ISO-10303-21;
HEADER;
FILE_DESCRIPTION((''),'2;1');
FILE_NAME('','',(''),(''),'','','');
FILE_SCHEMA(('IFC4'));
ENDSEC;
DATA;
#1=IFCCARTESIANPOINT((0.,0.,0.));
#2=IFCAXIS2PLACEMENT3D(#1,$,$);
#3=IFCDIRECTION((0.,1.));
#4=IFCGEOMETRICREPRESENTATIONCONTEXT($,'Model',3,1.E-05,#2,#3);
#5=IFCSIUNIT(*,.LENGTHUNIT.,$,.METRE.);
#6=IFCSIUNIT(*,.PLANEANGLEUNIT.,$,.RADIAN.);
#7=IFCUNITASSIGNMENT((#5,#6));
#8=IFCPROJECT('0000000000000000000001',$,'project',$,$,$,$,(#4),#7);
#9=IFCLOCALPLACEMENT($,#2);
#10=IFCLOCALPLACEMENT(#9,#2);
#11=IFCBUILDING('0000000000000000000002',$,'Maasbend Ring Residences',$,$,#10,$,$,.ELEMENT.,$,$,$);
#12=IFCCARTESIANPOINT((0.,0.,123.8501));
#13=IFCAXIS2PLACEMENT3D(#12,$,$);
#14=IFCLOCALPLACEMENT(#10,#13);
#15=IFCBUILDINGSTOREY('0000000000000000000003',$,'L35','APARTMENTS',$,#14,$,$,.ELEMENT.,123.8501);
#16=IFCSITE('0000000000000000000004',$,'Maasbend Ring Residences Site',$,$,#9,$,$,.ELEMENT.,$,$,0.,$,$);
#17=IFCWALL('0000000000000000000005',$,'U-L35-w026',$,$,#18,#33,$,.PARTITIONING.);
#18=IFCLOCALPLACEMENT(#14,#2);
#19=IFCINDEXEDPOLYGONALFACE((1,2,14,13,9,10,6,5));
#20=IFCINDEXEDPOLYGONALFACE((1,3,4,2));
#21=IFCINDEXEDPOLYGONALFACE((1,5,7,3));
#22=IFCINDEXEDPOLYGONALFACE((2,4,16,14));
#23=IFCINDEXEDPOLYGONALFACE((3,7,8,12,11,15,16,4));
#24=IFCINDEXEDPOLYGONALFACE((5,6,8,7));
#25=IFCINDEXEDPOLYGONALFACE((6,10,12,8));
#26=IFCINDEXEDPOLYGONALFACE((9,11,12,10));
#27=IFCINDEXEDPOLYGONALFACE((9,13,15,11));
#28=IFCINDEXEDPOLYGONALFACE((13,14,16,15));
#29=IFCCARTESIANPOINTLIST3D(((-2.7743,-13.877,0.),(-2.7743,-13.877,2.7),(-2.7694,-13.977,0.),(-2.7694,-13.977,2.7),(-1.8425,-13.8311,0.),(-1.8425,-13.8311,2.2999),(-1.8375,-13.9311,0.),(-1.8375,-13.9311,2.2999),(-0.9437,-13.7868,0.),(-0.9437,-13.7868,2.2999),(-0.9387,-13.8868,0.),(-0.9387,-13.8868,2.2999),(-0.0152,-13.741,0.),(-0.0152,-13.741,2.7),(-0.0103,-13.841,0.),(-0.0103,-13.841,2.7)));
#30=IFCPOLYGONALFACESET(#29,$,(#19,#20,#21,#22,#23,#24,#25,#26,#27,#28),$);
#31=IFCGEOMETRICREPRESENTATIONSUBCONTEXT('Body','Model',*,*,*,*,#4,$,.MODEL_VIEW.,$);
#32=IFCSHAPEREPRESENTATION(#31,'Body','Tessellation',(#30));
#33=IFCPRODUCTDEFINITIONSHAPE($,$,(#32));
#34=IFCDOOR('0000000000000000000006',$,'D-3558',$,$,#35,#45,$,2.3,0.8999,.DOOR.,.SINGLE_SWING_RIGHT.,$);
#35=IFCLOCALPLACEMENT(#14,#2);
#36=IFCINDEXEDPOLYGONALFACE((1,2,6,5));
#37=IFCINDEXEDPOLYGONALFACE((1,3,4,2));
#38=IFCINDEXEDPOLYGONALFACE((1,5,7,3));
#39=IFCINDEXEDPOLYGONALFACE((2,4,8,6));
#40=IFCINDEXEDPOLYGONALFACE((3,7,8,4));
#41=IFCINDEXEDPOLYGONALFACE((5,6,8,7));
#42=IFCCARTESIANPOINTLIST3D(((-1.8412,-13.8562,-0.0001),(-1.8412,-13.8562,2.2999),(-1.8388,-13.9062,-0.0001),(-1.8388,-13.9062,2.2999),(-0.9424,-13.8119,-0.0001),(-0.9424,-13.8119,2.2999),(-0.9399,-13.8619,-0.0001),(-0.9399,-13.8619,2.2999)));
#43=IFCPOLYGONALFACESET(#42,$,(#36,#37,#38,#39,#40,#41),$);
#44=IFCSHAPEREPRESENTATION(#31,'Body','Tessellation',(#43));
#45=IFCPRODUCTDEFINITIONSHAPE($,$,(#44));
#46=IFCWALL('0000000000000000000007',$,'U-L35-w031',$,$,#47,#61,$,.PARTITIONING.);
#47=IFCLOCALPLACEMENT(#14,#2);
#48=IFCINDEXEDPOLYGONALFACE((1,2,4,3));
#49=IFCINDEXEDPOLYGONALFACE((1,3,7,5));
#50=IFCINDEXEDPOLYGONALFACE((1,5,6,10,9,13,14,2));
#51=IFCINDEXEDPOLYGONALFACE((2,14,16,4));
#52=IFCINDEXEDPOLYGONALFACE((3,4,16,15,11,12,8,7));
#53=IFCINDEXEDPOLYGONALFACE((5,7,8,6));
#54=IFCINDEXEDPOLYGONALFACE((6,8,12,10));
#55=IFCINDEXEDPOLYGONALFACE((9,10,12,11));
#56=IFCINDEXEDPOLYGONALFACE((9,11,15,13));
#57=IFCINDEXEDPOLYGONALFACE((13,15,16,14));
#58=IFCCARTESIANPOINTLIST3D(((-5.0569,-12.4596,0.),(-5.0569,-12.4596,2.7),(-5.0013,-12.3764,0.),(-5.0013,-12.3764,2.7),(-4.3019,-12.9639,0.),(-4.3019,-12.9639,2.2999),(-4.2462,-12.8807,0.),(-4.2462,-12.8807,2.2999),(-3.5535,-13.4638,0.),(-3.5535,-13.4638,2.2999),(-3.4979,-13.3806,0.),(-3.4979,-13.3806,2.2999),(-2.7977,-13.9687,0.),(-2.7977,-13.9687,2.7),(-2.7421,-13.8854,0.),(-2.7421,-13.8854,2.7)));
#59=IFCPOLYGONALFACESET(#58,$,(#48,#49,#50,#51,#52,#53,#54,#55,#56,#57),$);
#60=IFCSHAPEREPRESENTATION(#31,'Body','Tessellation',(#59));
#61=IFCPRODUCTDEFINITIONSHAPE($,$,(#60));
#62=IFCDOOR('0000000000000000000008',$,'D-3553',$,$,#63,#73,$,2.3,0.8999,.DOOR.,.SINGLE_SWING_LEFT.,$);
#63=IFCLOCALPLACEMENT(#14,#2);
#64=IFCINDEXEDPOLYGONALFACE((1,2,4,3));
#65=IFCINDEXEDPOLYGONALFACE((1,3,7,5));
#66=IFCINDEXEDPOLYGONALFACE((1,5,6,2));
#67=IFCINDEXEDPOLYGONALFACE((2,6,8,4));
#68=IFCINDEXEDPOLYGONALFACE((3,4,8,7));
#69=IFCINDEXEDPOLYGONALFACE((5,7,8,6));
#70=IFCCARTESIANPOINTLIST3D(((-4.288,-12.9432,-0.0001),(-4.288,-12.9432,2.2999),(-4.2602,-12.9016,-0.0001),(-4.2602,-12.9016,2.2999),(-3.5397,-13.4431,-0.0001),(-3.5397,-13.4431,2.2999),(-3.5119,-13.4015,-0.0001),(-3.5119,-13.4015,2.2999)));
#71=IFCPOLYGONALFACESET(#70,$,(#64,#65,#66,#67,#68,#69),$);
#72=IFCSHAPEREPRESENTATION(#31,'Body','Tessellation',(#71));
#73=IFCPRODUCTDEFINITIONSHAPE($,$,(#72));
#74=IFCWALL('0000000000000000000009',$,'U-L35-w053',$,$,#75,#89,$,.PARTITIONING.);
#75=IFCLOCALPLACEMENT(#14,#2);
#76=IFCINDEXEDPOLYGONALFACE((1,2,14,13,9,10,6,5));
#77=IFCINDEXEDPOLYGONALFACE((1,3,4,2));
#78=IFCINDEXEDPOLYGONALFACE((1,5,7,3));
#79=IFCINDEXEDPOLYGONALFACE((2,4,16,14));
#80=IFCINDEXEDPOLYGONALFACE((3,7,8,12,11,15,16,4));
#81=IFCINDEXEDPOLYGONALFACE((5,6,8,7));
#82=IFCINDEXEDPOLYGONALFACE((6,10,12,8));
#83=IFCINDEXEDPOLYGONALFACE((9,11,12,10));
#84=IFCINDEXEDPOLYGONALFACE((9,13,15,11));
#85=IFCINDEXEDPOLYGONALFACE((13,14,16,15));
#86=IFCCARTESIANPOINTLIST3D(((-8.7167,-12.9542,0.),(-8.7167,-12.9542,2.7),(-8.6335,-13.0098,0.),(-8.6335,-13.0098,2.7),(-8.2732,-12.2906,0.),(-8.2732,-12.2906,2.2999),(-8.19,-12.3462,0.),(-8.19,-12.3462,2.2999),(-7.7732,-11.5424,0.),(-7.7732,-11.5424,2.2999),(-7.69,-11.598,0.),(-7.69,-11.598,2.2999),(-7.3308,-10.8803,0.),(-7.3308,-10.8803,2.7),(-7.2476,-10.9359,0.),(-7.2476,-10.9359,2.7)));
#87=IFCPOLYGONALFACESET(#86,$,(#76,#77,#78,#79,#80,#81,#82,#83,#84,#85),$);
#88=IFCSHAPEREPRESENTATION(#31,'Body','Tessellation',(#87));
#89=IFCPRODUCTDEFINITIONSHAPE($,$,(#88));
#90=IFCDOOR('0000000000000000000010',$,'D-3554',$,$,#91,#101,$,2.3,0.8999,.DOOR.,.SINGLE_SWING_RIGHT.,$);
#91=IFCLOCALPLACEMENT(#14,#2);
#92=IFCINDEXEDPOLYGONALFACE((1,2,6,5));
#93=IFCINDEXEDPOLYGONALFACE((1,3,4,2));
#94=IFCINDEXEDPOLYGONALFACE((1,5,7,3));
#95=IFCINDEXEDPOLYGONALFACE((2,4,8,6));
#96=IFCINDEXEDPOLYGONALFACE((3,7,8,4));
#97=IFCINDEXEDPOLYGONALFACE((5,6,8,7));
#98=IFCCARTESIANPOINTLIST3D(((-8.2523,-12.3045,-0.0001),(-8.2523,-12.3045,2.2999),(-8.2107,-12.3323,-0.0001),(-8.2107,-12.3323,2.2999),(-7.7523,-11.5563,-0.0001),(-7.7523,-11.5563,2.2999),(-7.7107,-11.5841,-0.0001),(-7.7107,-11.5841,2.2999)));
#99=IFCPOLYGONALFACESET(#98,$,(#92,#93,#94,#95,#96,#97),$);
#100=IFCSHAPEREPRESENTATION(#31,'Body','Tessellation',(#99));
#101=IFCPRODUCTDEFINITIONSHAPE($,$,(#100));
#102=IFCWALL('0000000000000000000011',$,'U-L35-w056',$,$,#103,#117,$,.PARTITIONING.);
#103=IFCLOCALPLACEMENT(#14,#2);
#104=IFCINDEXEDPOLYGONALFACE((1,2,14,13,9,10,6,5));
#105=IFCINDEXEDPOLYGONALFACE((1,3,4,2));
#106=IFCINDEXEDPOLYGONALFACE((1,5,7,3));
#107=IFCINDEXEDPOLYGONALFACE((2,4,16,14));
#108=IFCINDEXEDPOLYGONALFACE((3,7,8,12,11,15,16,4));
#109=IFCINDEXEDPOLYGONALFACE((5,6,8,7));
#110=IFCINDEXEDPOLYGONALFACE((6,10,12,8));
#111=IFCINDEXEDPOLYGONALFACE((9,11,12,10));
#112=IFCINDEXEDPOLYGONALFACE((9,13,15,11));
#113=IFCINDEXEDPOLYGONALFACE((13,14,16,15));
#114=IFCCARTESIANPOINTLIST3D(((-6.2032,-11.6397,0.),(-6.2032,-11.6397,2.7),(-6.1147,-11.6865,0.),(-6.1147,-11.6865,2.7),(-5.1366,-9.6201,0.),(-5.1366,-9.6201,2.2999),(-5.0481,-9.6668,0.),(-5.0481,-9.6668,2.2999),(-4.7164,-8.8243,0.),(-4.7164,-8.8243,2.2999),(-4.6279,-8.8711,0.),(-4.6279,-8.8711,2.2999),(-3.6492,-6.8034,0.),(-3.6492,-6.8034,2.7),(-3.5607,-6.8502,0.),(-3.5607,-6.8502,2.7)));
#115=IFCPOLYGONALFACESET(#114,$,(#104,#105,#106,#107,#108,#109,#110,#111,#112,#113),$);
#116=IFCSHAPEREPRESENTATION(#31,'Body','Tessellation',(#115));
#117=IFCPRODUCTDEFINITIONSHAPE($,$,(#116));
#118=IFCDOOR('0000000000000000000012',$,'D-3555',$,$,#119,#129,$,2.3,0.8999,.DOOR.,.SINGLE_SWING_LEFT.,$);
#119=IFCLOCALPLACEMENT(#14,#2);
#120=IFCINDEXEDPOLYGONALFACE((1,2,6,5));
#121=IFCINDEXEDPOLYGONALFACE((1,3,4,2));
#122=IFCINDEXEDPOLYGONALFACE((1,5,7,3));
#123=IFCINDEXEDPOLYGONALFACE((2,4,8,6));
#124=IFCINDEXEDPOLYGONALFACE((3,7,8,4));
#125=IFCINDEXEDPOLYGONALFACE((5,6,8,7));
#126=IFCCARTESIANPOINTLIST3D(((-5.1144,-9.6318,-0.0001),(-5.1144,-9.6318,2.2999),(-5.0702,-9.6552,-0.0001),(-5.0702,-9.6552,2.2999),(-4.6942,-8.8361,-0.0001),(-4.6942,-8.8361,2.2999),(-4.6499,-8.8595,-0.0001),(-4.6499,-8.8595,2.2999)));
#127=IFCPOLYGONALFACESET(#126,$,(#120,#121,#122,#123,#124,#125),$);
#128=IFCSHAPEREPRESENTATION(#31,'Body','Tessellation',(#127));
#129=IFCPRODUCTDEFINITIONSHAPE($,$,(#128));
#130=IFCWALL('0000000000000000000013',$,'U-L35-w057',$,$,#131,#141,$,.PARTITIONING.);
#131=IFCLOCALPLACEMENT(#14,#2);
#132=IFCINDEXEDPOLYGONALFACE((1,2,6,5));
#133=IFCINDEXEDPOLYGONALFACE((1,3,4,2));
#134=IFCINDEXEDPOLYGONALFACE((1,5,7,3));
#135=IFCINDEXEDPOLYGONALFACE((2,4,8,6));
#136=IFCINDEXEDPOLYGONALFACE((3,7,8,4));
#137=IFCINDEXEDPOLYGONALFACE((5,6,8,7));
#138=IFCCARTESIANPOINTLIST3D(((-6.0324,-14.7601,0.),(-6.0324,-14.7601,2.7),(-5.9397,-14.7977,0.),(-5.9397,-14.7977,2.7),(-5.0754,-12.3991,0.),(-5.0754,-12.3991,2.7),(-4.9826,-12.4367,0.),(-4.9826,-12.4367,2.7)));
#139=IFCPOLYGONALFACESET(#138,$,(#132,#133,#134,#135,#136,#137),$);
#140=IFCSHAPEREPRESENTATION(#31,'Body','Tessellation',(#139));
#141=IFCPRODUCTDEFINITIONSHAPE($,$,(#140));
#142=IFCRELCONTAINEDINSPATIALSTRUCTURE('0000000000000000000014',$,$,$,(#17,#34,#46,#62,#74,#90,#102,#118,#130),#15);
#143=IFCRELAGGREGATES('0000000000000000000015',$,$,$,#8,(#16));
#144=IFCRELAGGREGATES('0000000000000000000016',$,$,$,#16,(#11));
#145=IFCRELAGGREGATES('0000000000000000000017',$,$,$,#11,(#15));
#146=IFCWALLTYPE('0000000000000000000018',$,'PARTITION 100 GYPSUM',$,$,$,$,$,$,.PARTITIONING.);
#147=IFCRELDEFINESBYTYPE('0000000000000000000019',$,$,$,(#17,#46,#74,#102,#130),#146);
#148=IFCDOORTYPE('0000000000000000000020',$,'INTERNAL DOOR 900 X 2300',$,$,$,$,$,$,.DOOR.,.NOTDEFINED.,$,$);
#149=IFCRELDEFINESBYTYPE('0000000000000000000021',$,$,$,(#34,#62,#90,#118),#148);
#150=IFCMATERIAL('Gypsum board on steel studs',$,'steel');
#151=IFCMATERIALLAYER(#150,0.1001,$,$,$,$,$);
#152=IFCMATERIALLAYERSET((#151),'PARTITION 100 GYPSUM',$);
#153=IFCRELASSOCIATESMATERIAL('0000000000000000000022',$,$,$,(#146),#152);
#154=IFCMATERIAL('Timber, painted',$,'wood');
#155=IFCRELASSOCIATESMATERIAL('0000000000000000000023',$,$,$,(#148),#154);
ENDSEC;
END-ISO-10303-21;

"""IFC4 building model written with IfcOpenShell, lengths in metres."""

from ifc_helpers import new_model, si_unit, direction, frame, frame_2d, origin, place, context, subcontext, project, spatial, rectangle, extrude, material, layer, layer_set, type_object, element, fill, save


model = new_model("IFC4")

# Units and contexts
model_context = context("Model", 3, precision=1e-05, world=origin(), true_north=direction((0.0, 1.0)))
body_context = subcontext(model_context, "Body", "Model", "MODEL_VIEW")
ifc_project = project(units=[si_unit("LENGTHUNIT", "METRE"), si_unit("PLANEANGLEUNIT", "RADIAN")], contexts=[model_context])

# Site, building, storey
site_placement = place(None, origin())
site = spatial("IfcSite", under=ifc_project, at=site_placement, Name="Maasbend Ring Residences Site", CompositionType="ELEMENT", RefElevation=0.0)
building_placement = place(site_placement, origin())
building = spatial("IfcBuilding", under=site, at=building_placement, Name="Maasbend Ring Residences", CompositionType="ELEMENT")
storey_placement = place(building_placement, frame((0.0, 0.0, 123.8501)))
storey = spatial("IfcBuildingStorey", under=building, at=storey_placement, Name="L35", Description="APARTMENTS", CompositionType="ELEMENT", Elevation=123.8501)

# Walls, openings, doors
ifc_material_1 = material(Name="Gypsum board on steel studs", Category="steel")
ifc_layer_1 = layer(ifc_material_1, 0.1001)
ifc_layer_set_1 = layer_set([ifc_layer_1], Name="PARTITION 100 GYPSUM")
wall_type = type_object("IfcWallType", Name="PARTITION 100 GYPSUM", PredefinedType="PARTITIONING", material=ifc_layer_set_1)
wall_1_placement = place(storey_placement, frame((-2.772, -13.927, 0.0), z_axis=(0.0, 0.0, 1.0), x_axis=(0.998788, 0.049228, 0.0)))
wall_1 = element("IfcWall", 1, at=wall_1_placement, inside=storey, type_object=wall_type, Name="U-L35-w026", PredefinedType="PARTITIONING", context=body_context, shape_type="SweptSolid", body=[
    extrude(rectangle(XDim=2.7625, YDim=0.1001, at=frame_2d((1.3813, 0.0))), origin(), (0.0, 0.0, 1.0), 2.7),
])
opening_1_placement = place(wall_1_placement, frame((0.9331, 0.0, 0.0)))
opening_1 = element("IfcOpeningElement", 2, at=opening_1_placement, cuts=wall_1, PredefinedType="OPENING", context=body_context, shape_type="SweptSolid", body=[
    extrude(rectangle(XDim=0.8999, YDim=2.3, at=frame_2d((0.45, 1.1499))), frame((0.0, 0.0601, 0.0), z_axis=(0.0, -1.0, 0.0), x_axis=(1.0, 0.0, 0.0)), (0.0, 0.0, 1.0), 0.1201),
])
ifc_material_2 = material(Name="Timber, painted", Category="wood")
door_type = type_object("IfcDoorType", Name="INTERNAL DOOR 900 X 2300", OperationType="NOTDEFINED", PredefinedType="DOOR", material=ifc_material_2)
door_1_placement = place(opening_1_placement, origin())
door_1 = element("IfcDoor", 3, at=door_1_placement, inside=storey, type_object=door_type, Name="D-3558", OperationType="SINGLE_SWING_RIGHT", OverallHeight=2.3, OverallWidth=0.8999, PredefinedType="DOOR", context=body_context, shape_type="SweptSolid", body=[
    extrude(rectangle(XDim=0.8999, YDim=2.3, at=frame_2d((0.45, 1.1499))), frame((0.0, 0.0249, 0.0), z_axis=(0.0, -1.0, 0.0), x_axis=(1.0, 0.0, 0.0)), (0.0, 0.0, 1.0), 0.05),
])
fill(opening_1, door_1)
wall_2_placement = place(storey_placement, frame((-5.0291, -12.418, 0.0), z_axis=(0.0, 0.0, 1.0), x_axis=(0.831538, -0.555467, 0.0)))
wall_2 = element("IfcWall", 4, at=wall_2_placement, inside=storey, type_object=wall_type, Name="U-L35-w031", PredefinedType="PARTITIONING", context=body_context, shape_type="SweptSolid", body=[
    extrude(rectangle(XDim=2.7168, YDim=0.1001, at=frame_2d((1.3584, 0.0))), origin(), (0.0, 0.0, 1.0), 2.7),
])
opening_2_placement = place(wall_2_placement, frame((0.908, 0.0, 0.0)))
opening_2 = element("IfcOpeningElement", 5, at=opening_2_placement, cuts=wall_2, PredefinedType="OPENING", context=body_context, shape_type="SweptSolid", body=[
    extrude(rectangle(XDim=0.8999, YDim=2.3, at=frame_2d((0.45, 1.1499))), frame((0.0, 0.0601, 0.0), z_axis=(0.0, -1.0, 0.0), x_axis=(1.0, 0.0, 0.0)), (0.0, 0.0, 1.0), 0.1201),
])
door_2_placement = place(opening_2_placement, origin())
door_2 = element("IfcDoor", 6, at=door_2_placement, inside=storey, type_object=door_type, Name="D-3553", OperationType="SINGLE_SWING_LEFT", OverallHeight=2.3, OverallWidth=0.8999, PredefinedType="DOOR", context=body_context, shape_type="SweptSolid", body=[
    extrude(rectangle(XDim=0.8999, YDim=2.3, at=frame_2d((0.45, 1.1499))), frame((0.0, 0.0249, 0.0), z_axis=(0.0, -1.0, 0.0), x_axis=(1.0, 0.0, 0.0)), (0.0, 0.0, 1.0), 0.05),
])
fill(opening_2, door_2)
wall_3_placement = place(storey_placement, frame((-8.675, -12.9819, 0.0), z_axis=(0.0, 0.0, 1.0), x_axis=(0.555626, 0.831432, 0.0)))
wall_3 = element("IfcWall", 7, at=wall_3_placement, inside=storey, type_object=wall_type, Name="U-L35-w053", PredefinedType="PARTITIONING", context=body_context, shape_type="SweptSolid", body=[
    extrude(rectangle(XDim=2.4944, YDim=0.1001, at=frame_2d((1.2471, 0.0))), origin(), (0.0, 0.0, 1.0), 2.7),
])
opening_3_placement = place(wall_3_placement, frame((0.7981, 0.0, 0.0)))
opening_3 = element("IfcOpeningElement", 8, at=opening_3_placement, cuts=wall_3, PredefinedType="OPENING", context=body_context, shape_type="SweptSolid", body=[
    extrude(rectangle(XDim=0.8999, YDim=2.3, at=frame_2d((0.45, 1.1499))), frame((0.0, 0.0601, 0.0), z_axis=(0.0, -1.0, 0.0), x_axis=(1.0, 0.0, 0.0)), (0.0, 0.0, 1.0), 0.1201),
])
door_3_placement = place(opening_3_placement, origin())
door_3 = element("IfcDoor", 9, at=door_3_placement, inside=storey, type_object=door_type, Name="D-3554", OperationType="SINGLE_SWING_RIGHT", OverallHeight=2.3, OverallWidth=0.8999, PredefinedType="DOOR", context=body_context, shape_type="SweptSolid", body=[
    extrude(rectangle(XDim=0.8999, YDim=2.3, at=frame_2d((0.45, 1.1499))), frame((0.0, 0.0249, 0.0), z_axis=(0.0, -1.0, 0.0), x_axis=(1.0, 0.0, 0.0)), (0.0, 0.0, 1.0), 0.05),
])
fill(opening_3, door_3)
wall_4_placement = place(storey_placement, frame((-6.1589, -11.6631, 0.0), z_axis=(0.0, 0.0, 1.0), x_axis=(0.466977, 0.88427, 0.0)))
wall_4 = element("IfcWall", 10, at=wall_4_placement, inside=storey, type_object=wall_type, Name="U-L35-w056", PredefinedType="PARTITIONING", context=body_context, shape_type="SweptSolid", body=[
    extrude(rectangle(XDim=5.4692, YDim=0.1001, at=frame_2d((2.7346, 0.0))), origin(), (0.0, 0.0, 1.0), 2.7),
])
opening_4_placement = place(wall_4_placement, frame((2.2839, 0.0, 0.0)))
opening_4 = element("IfcOpeningElement", 11, at=opening_4_placement, cuts=wall_4, PredefinedType="OPENING", context=body_context, shape_type="SweptSolid", body=[
    extrude(rectangle(XDim=0.8999, YDim=2.3, at=frame_2d((0.45, 1.1499))), frame((0.0, 0.0601, 0.0), z_axis=(0.0, -1.0, 0.0), x_axis=(1.0, 0.0, 0.0)), (0.0, 0.0, 1.0), 0.1201),
])
door_4_placement = place(opening_4_placement, origin())
door_4 = element("IfcDoor", 12, at=door_4_placement, inside=storey, type_object=door_type, Name="D-3555", OperationType="SINGLE_SWING_LEFT", OverallHeight=2.3, OverallWidth=0.8999, PredefinedType="DOOR", context=body_context, shape_type="SweptSolid", body=[
    extrude(rectangle(XDim=0.8999, YDim=2.3, at=frame_2d((0.45, 1.1499))), frame((0.0, 0.0249, 0.0), z_axis=(0.0, -1.0, 0.0), x_axis=(1.0, 0.0, 0.0)), (0.0, 0.0, 1.0), 0.05),
])
fill(opening_4, door_4)

# Wall
wall_5_placement = place(storey_placement, frame((-5.9861, -14.7791, 0.0), z_axis=(0.0, 0.0, 1.0), x_axis=(0.375649, 0.926762, 0.0)))
element("IfcWall", 13, at=wall_5_placement, inside=storey, type_object=wall_type, Name="U-L35-w057", PredefinedType="PARTITIONING", context=body_context, shape_type="SweptSolid", body=[
    extrude(rectangle(XDim=2.5476, YDim=0.1001, at=frame_2d((1.2739, 0.0))), origin(), (0.0, 0.0, 1.0), 2.7),
])

save(model, "model.ifc")
